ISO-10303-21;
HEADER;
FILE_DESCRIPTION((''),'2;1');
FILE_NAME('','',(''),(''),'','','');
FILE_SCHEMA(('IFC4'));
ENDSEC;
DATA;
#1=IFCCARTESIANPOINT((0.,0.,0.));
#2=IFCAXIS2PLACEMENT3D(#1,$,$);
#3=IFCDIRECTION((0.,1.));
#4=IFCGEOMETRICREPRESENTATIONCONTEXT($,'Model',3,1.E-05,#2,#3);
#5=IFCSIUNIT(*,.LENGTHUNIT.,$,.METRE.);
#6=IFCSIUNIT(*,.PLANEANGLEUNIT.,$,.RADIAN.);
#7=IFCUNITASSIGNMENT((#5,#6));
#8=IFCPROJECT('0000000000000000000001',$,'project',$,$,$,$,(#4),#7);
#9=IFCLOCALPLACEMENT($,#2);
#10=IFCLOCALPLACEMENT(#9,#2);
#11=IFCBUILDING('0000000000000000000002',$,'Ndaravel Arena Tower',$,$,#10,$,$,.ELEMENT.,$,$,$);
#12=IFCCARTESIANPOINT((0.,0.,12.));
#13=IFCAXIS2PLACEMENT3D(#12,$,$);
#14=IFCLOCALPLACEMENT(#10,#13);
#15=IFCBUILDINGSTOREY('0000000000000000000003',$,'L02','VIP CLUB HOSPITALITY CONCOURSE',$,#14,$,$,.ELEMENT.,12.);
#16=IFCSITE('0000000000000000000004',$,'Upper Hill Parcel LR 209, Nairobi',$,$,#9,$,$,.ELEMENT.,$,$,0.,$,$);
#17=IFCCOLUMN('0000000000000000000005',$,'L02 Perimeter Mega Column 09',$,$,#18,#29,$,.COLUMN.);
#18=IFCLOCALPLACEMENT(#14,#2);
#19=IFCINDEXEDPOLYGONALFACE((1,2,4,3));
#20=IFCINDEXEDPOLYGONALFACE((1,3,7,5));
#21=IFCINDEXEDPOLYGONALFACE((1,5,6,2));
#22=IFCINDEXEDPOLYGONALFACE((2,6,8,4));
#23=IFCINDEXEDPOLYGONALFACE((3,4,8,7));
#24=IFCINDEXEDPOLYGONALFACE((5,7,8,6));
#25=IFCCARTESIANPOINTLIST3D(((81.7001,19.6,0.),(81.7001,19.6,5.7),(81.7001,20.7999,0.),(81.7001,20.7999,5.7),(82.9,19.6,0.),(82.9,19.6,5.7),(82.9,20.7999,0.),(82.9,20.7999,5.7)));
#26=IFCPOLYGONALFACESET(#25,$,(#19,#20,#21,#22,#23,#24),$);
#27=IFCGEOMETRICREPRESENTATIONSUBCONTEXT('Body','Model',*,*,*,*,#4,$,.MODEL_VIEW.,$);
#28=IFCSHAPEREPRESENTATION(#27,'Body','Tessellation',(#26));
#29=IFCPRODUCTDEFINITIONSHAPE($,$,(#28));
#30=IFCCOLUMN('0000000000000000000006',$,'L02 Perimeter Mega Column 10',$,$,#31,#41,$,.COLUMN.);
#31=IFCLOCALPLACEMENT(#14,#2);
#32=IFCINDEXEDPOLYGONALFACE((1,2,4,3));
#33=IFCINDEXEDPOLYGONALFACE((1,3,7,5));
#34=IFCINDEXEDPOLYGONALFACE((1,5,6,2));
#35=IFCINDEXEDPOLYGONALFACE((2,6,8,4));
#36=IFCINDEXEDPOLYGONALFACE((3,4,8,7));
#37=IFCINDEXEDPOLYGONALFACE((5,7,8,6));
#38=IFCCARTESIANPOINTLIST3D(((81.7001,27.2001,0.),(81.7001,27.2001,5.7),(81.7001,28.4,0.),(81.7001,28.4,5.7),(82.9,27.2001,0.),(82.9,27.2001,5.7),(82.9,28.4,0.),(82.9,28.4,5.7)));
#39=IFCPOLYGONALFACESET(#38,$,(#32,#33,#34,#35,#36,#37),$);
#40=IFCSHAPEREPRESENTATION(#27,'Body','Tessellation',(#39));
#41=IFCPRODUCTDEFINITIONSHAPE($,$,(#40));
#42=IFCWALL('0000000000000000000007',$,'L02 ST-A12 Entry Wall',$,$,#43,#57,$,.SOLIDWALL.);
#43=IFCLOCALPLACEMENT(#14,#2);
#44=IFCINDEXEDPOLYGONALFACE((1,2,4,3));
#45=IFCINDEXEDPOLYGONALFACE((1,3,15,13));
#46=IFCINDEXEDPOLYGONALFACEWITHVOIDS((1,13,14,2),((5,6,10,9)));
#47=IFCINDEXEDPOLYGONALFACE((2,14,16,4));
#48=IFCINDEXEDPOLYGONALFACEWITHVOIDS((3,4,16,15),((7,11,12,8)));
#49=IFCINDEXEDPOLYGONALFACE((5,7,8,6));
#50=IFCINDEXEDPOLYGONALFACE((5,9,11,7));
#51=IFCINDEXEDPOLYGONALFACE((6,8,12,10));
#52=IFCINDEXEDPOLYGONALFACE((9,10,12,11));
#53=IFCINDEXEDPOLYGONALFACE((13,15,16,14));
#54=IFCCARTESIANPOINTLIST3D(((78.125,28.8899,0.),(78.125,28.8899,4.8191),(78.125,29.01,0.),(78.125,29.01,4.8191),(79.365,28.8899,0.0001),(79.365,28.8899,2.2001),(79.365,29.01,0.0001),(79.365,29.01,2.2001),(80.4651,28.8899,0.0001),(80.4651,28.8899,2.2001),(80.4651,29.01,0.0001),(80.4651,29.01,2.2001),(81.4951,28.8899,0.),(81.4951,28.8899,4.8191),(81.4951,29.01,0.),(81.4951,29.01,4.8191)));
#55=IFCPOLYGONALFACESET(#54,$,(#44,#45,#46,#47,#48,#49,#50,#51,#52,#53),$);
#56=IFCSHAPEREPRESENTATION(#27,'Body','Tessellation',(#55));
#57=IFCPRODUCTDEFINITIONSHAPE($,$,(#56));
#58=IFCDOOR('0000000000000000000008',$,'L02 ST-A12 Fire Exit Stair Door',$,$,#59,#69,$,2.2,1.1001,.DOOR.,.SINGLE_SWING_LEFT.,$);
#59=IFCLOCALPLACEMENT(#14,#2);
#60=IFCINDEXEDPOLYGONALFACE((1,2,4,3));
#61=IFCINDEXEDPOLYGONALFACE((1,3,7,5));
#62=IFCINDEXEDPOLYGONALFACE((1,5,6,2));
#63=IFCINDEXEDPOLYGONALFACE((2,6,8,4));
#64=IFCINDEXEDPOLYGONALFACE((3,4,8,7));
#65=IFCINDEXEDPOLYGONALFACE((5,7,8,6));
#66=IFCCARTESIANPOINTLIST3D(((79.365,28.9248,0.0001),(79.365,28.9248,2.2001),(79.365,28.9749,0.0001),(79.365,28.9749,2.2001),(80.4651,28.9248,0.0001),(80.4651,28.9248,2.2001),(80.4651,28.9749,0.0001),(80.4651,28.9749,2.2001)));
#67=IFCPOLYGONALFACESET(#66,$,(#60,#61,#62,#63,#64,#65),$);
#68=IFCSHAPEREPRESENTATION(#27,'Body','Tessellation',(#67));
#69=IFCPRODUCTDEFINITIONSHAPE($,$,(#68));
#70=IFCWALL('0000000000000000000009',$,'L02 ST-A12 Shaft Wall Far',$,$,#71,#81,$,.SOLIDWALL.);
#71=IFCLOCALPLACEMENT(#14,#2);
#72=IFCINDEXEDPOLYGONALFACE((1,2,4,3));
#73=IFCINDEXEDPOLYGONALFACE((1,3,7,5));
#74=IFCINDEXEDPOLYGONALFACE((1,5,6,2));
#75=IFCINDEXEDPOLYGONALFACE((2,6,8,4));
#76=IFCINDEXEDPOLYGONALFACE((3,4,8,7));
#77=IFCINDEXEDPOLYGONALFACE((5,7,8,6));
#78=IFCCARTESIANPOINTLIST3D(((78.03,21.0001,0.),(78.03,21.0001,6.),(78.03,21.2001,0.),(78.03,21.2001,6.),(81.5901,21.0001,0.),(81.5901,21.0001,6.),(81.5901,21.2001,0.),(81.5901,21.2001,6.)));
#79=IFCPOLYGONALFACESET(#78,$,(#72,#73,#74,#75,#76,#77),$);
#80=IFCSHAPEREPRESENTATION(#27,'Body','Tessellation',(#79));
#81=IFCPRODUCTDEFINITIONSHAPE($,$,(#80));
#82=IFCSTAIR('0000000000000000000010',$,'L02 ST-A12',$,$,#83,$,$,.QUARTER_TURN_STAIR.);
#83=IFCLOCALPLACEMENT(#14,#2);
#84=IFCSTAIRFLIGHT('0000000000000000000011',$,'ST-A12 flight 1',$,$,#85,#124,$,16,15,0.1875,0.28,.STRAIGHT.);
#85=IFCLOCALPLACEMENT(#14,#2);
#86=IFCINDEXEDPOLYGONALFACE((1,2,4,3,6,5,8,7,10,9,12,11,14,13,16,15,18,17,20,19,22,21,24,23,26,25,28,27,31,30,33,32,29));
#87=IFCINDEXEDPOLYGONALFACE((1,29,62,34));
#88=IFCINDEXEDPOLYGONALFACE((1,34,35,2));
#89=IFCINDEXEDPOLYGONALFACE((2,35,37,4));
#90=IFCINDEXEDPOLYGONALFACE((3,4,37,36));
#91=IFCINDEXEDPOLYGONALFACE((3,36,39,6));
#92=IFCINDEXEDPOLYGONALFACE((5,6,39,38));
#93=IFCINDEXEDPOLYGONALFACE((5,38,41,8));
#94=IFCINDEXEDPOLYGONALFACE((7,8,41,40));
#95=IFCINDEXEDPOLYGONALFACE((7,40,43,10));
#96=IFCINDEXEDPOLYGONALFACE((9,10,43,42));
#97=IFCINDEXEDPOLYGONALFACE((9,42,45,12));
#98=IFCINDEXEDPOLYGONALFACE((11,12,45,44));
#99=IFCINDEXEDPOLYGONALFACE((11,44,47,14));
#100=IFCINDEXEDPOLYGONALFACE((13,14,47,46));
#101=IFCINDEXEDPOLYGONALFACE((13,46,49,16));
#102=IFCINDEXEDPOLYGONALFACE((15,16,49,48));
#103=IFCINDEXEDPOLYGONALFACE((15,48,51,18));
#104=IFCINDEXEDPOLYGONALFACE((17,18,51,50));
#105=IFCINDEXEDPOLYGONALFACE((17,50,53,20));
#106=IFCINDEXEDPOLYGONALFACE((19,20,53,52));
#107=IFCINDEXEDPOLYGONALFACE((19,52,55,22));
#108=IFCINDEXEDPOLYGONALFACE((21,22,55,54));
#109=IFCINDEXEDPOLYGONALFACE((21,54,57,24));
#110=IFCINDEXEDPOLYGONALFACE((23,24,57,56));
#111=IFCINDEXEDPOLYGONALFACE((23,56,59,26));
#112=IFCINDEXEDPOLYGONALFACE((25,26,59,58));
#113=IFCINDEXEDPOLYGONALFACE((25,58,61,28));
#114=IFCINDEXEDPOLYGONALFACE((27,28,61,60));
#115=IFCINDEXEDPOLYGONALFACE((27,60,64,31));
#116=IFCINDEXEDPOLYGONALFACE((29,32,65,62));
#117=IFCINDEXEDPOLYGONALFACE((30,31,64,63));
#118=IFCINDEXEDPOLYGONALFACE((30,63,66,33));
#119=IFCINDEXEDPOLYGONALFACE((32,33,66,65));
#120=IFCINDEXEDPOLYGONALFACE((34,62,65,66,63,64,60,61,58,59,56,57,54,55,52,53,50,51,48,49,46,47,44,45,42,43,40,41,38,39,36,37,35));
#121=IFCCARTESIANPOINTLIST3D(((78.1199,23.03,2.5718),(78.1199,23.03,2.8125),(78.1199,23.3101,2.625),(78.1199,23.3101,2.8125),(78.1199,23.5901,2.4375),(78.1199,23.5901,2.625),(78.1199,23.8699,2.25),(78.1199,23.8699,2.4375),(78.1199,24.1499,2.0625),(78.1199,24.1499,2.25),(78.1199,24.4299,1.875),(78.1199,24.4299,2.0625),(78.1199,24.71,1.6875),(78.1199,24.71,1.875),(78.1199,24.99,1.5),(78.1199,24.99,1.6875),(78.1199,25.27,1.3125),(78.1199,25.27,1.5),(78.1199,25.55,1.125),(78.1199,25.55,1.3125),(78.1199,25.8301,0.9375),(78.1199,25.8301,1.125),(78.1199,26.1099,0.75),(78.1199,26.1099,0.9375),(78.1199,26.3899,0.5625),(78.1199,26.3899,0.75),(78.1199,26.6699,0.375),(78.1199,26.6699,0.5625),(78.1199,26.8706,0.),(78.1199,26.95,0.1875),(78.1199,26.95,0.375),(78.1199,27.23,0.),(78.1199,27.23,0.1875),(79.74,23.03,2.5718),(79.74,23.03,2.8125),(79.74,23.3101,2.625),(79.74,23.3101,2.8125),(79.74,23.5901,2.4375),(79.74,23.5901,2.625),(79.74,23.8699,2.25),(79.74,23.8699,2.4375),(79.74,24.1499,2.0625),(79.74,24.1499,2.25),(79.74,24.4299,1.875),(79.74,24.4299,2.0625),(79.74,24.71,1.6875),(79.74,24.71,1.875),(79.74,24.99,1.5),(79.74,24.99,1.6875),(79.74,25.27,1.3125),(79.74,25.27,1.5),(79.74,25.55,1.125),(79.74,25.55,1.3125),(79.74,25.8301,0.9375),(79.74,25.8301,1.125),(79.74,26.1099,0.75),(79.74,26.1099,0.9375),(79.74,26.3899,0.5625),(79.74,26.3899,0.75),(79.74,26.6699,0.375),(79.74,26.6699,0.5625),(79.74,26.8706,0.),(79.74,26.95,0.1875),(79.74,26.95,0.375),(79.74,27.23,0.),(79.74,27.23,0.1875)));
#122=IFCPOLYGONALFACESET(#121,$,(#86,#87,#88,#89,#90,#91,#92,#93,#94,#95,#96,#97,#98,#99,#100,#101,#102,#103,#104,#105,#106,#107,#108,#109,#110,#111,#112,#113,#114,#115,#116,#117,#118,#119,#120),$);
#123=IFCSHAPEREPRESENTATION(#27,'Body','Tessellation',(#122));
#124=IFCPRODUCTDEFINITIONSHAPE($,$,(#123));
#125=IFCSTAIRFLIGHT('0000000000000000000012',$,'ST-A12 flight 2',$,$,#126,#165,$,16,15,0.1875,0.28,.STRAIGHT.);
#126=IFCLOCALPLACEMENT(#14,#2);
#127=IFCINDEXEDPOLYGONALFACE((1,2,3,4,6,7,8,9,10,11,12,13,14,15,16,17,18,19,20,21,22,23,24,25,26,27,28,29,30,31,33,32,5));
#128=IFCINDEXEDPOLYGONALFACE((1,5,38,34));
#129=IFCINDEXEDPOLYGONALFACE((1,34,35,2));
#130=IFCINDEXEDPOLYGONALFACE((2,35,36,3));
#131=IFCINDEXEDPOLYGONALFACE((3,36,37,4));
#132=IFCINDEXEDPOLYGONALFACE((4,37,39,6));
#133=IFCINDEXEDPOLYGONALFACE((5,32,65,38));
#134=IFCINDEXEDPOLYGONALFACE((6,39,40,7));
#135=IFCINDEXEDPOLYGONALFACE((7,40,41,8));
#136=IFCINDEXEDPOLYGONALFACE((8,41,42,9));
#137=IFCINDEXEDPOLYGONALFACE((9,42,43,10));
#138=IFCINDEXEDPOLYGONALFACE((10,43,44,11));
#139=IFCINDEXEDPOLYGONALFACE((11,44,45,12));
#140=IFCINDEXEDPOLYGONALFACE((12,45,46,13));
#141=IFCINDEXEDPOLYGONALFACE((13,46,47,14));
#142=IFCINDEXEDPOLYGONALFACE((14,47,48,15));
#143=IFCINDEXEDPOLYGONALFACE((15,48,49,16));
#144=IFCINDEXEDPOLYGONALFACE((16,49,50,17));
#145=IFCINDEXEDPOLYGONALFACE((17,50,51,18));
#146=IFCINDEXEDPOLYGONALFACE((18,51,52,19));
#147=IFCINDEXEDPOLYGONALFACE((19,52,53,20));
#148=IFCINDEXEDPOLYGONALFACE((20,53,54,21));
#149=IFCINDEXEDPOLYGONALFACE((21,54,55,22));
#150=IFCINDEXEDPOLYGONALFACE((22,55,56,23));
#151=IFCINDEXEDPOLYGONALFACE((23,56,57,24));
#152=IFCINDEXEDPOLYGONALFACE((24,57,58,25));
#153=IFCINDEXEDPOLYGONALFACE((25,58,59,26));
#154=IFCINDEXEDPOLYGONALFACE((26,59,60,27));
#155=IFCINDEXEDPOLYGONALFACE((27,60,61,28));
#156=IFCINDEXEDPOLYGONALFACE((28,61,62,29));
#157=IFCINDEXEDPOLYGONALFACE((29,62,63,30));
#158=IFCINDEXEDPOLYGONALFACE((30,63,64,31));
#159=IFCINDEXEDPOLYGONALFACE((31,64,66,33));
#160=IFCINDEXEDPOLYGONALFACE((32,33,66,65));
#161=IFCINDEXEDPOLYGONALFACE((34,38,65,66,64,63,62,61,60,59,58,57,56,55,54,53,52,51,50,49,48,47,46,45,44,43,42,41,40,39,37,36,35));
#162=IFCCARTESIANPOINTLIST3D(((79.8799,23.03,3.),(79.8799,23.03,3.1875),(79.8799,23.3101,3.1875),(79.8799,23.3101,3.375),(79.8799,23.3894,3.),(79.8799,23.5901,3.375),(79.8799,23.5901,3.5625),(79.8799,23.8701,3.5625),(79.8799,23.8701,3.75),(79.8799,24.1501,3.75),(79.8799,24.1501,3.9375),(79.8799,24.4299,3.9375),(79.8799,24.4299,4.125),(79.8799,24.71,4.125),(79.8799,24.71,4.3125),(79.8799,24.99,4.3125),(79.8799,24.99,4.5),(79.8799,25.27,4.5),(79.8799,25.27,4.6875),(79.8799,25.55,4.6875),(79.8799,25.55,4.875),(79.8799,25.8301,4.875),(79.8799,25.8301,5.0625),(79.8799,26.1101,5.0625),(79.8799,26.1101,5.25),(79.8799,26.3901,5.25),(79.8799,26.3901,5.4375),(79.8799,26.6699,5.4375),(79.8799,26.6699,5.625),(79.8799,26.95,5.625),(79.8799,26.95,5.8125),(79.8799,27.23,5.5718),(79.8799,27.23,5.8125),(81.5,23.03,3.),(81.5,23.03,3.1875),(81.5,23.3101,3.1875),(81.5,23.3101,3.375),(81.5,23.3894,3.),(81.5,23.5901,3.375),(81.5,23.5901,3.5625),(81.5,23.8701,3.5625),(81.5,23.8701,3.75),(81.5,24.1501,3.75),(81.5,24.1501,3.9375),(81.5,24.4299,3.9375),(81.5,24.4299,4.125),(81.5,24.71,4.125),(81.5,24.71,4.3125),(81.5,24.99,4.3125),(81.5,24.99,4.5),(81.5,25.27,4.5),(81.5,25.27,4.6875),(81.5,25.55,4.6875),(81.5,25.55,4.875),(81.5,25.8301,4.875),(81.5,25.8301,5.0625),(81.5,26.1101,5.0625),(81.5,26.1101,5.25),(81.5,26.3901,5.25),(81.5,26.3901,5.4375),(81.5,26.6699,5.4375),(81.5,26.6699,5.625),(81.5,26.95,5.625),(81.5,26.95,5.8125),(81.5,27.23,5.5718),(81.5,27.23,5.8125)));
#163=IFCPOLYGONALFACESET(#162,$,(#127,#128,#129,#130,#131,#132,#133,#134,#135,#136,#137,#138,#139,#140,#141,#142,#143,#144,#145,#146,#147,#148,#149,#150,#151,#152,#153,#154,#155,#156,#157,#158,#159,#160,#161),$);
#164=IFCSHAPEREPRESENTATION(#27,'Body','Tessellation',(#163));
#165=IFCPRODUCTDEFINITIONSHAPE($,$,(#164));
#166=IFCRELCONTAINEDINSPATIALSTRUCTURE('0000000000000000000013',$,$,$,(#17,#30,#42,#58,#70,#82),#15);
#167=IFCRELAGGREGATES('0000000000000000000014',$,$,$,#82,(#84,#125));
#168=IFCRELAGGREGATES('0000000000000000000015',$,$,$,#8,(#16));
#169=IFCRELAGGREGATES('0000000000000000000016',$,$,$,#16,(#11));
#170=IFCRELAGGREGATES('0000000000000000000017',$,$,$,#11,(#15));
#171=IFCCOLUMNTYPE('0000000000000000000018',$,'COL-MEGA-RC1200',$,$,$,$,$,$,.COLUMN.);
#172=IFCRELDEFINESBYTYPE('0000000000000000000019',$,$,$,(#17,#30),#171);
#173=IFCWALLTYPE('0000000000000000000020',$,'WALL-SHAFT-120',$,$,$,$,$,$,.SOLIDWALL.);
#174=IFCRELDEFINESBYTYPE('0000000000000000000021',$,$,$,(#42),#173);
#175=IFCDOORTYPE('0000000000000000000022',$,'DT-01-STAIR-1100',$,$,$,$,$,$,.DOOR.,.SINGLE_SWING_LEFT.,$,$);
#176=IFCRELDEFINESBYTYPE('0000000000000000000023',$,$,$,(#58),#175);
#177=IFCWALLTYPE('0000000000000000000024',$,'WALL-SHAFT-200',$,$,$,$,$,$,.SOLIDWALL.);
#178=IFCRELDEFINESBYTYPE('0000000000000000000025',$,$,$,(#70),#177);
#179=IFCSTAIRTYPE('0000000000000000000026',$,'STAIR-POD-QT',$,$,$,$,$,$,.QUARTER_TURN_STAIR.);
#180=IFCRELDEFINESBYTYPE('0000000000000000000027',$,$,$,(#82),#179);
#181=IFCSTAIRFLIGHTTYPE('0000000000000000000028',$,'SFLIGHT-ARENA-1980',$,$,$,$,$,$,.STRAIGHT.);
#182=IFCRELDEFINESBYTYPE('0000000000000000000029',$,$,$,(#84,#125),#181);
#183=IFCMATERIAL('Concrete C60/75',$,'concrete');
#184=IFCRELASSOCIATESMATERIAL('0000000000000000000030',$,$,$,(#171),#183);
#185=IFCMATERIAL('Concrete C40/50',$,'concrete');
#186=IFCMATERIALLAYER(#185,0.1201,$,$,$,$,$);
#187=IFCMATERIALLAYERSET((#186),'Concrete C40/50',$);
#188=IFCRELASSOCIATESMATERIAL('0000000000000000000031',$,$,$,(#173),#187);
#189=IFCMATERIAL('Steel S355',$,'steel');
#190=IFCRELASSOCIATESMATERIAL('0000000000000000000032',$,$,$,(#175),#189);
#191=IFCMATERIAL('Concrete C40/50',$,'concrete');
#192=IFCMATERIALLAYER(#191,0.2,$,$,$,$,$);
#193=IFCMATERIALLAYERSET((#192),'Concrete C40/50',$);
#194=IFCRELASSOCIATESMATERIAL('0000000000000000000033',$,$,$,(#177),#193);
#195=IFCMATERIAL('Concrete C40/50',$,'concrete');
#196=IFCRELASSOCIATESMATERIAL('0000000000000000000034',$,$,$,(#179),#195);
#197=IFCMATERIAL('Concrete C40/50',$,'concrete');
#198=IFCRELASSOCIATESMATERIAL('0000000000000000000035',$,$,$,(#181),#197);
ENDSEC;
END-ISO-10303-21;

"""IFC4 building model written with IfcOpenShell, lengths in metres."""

from ifc_helpers import new_model, si_unit, direction, frame, frame_2d, origin, origin_2d, place, context, subcontext, project, spatial, polyline, rectangle, outline, extrude, material, layer, layer_set, material_profile, profile_set, type_object, element, fill, aggregate, save


model = new_model("IFC4")

# Units and contexts
model_context = context("Model", 3, precision=1e-05, world=origin(), true_north=direction((0.0, 1.0)))
body_context = subcontext(model_context, "Body", "Model", "MODEL_VIEW")
ifc_project = project(units=[si_unit("LENGTHUNIT", "METRE"), si_unit("PLANEANGLEUNIT", "RADIAN")], contexts=[model_context])

# Site, building, storey
site_placement = place(None, origin())
site = spatial("IfcSite", under=ifc_project, at=site_placement, Name="Upper Hill Parcel LR 209, Nairobi", CompositionType="ELEMENT", RefElevation=0.0)
building_placement = place(site_placement, origin())
building = spatial("IfcBuilding", under=site, at=building_placement, Name="Ndaravel Arena Tower", CompositionType="ELEMENT")
storey_placement = place(building_placement, frame((0.0, 0.0, 12.0)))
storey = spatial("IfcBuildingStorey", under=building, at=storey_placement, Name="L02", Description="VIP CLUB HOSPITALITY CONCOURSE", CompositionType="ELEMENT", Elevation=12.0)

# Columns
ifc_material_1 = material(Name="Concrete C60/75", Category="concrete")
ifc_material_profile = material_profile(ifc_material_1, rectangle(XDim=1.2, YDim=1.2, at=origin_2d()), Name="RC 1200x1200")
ifc_profile_set = profile_set([ifc_material_profile], Name="Concrete C60/75")
column_type = type_object("IfcColumnType", Name="COL-MEGA-RC1200", PredefinedType="COLUMN", material=ifc_profile_set)
for number, where, z_axis, x_axis, name in (
    (1, (82.3, 20.2, 0.0), (0.0, 0.0, 1.0), (1.0, 0.0, 0.0), "L02 Perimeter Mega Column 09"),
    (2, (82.3, 27.8, 0.0), (0.0, 0.0, 1.0), (1.0, 0.0, 0.0), "L02 Perimeter Mega Column 10"),
):
    element("IfcColumn", number, at=place(storey_placement, frame(where, z_axis=z_axis, x_axis=x_axis)), inside=storey, type_object=column_type, Name=name, PredefinedType="COLUMN", context=body_context, shape_type="SweptSolid", body=[
        extrude(rectangle(XDim=1.2, YDim=1.2, at=origin_2d()), origin(), (0.0, 0.0, 1.0), 5.7),
    ])

# Wall, opening, door
ifc_material_2 = material(Name="Concrete C40/50", Category="concrete")
ifc_layer_1 = layer(ifc_material_2, 0.1201)
ifc_layer_set_1 = layer_set([ifc_layer_1], Name="Concrete C40/50")
wall_type_1 = type_object("IfcWallType", Name="WALL-SHAFT-120", PredefinedType="SOLIDWALL", material=ifc_layer_set_1)
wall_1_placement = place(storey_placement, frame((78.125, 28.95, 0.0), z_axis=(0.0, 0.0, 1.0), x_axis=(1.0, 0.0, 0.0)))
wall_1 = element("IfcWall", 3, at=wall_1_placement, inside=storey, type_object=wall_type_1, Name="L02 ST-A12 Entry Wall", PredefinedType="SOLIDWALL", context=body_context, shape_type="SweptSolid", body=[
    extrude(rectangle(XDim=3.3701, YDim=0.1201, at=frame_2d((1.6851, 0.0))), origin(), (0.0, 0.0, 1.0), 4.8191),
])
opening_1_placement = place(wall_1_placement, frame((1.24, 0.0, 0.0)))
opening_1 = element("IfcOpeningElement", 4, at=opening_1_placement, cuts=wall_1, PredefinedType="OPENING", context=body_context, shape_type="SweptSolid", body=[
    extrude(rectangle(XDim=1.1001, YDim=2.2, at=frame_2d((0.55, 1.1001))), frame((0.0, 0.0601, 0.0), z_axis=(0.0, -1.0, 0.0), x_axis=(1.0, 0.0, 0.0)), (0.0, 0.0, 1.0), 0.1201),
])
ifc_material_3 = material(Name="Steel S355", Category="steel")
door_type = type_object("IfcDoorType", Name="DT-01-STAIR-1100", OperationType="SINGLE_SWING_LEFT", PredefinedType="DOOR", material=ifc_material_3)
door_placement = place(opening_1_placement, origin())
door = element("IfcDoor", 5, at=door_placement, inside=storey, type_object=door_type, Name="L02 ST-A12 Fire Exit Stair Door", OperationType="SINGLE_SWING_LEFT", OverallHeight=2.2, OverallWidth=1.1001, PredefinedType="DOOR", context=body_context, shape_type="SweptSolid", body=[
    extrude(rectangle(XDim=1.1001, YDim=2.2, at=frame_2d((0.55, 1.1001))), frame((0.0, 0.0249, 0.0), z_axis=(0.0, -1.0, 0.0), x_axis=(1.0, 0.0, 0.0)), (0.0, 0.0, 1.0), 0.05),
])
fill(opening_1, door)

# Wall
ifc_material_4 = material(Name="Concrete C40/50", Category="concrete")
ifc_layer_2 = layer(ifc_material_4, 0.2)
ifc_layer_set_2 = layer_set([ifc_layer_2], Name="Concrete C40/50")
wall_type_2 = type_object("IfcWallType", Name="WALL-SHAFT-200", PredefinedType="SOLIDWALL", material=ifc_layer_set_2)
wall_2_placement = place(storey_placement, frame((78.03, 21.1001, 0.0), z_axis=(0.0, 0.0, 1.0), x_axis=(1.0, 0.0, 0.0)))
element("IfcWall", 6, at=wall_2_placement, inside=storey, type_object=wall_type_2, Name="L02 ST-A12 Shaft Wall Far", PredefinedType="SOLIDWALL", context=body_context, shape_type="SweptSolid", body=[
    extrude(rectangle(XDim=3.5601, YDim=0.2, at=frame_2d((1.78, 0.0))), origin(), (0.0, 0.0, 1.0), 6.0),
])

# Stair, stair flights
ifc_material_5 = material(Name="Concrete C40/50", Category="concrete")
stair_type = type_object("IfcStairType", Name="STAIR-POD-QT", PredefinedType="QUARTER_TURN_STAIR", material=ifc_material_5)
stair_placement = place(storey_placement, origin())
stair = element("IfcStair", 7, at=stair_placement, inside=storey, type_object=stair_type, Name="L02 ST-A12", PredefinedType="QUARTER_TURN_STAIR")
ifc_material_6 = material(Name="Concrete C40/50", Category="concrete")
stair_flight_type = type_object("IfcStairFlightType", Name="SFLIGHT-ARENA-1980", PredefinedType="STRAIGHT", material=ifc_material_6)
stair_flight_1_placement = place(storey_placement, frame((78.9299, 27.23, 0.0), z_axis=(0.0, 0.0, 1.0), x_axis=(0.0, -1.0, 0.0)))
stair_flight_1 = element("IfcStairFlight", 8, at=stair_flight_1_placement, type_object=stair_flight_type, Name="ST-A12 flight 1", NumberOfRisers=16, NumberOfTreads=15, PredefinedType="STRAIGHT", RiserHeight=0.1875, TreadLength=0.28, context=body_context, shape_type="SweptSolid", body=[
    extrude(outline(polyline([(0.0, 0.0), (0.0, 0.1875), (0.28, 0.1875), (0.28, 0.375), (0.5601, 0.375), (0.5601, 0.5625), (0.8401, 0.5625), (0.8401, 0.75), (1.1201, 0.75), (1.1201, 0.9375), (1.3999, 0.9375), (1.3999, 1.125), (1.6799, 1.125), (1.6799, 1.3125), (1.96, 1.3125), (1.96, 1.5), (2.24, 1.5), (2.24, 1.6875), (2.52, 1.6875), (2.52, 1.875), (2.8, 1.875), (2.8, 2.0625), (3.0801, 2.0625), (3.0801, 2.25), (3.3601, 2.25), (3.3601, 2.4375), (3.6399, 2.4375), (3.6399, 2.625), (3.9199, 2.625), (3.9199, 2.8125), (4.2, 2.8125), (4.2, 3.0), (4.2, 2.5718), (0.3594, 0.0), (0.0, 0.0)])), frame((0.0, 0.8101, 0.0), z_axis=(0.0, -1.0, 0.0), x_axis=(1.0, 0.0, 0.0)), (0.0, 0.0, 1.0), 1.6201),
])
stair_flight_2_placement = place(storey_placement, frame((80.6899, 23.03, 3.0), z_axis=(0.0, 0.0, 1.0), x_axis=(0.0, 1.0, 0.0)))
stair_flight_2 = element("IfcStairFlight", 9, at=stair_flight_2_placement, type_object=stair_flight_type, Name="ST-A12 flight 2", NumberOfRisers=16, NumberOfTreads=15, PredefinedType="STRAIGHT", RiserHeight=0.1875, TreadLength=0.28, context=body_context, shape_type="SweptSolid", body=[
    extrude(outline(polyline([(0.0, 0.0), (0.0, 0.1875), (0.28, 0.1875), (0.28, 0.375), (0.5601, 0.375), (0.5601, 0.5625), (0.8401, 0.5625), (0.8401, 0.75), (1.1201, 0.75), (1.1201, 0.9375), (1.3999, 0.9375), (1.3999, 1.125), (1.6799, 1.125), (1.6799, 1.3125), (1.96, 1.3125), (1.96, 1.5), (2.24, 1.5), (2.24, 1.6875), (2.52, 1.6875), (2.52, 1.875), (2.8, 1.875), (2.8, 2.0625), (3.0801, 2.0625), (3.0801, 2.25), (3.3601, 2.25), (3.3601, 2.4375), (3.6399, 2.4375), (3.6399, 2.625), (3.9199, 2.625), (3.9199, 2.8125), (4.2, 2.8125), (4.2, 3.0), (4.2, 2.5718), (0.3594, 0.0), (0.0, 0.0)])), frame((0.0, 0.8101, 0.0), z_axis=(0.0, -1.0, 0.0), x_axis=(1.0, 0.0, 0.0)), (0.0, 0.0, 1.0), 1.6201),
])
aggregate(stair, [stair_flight_1, stair_flight_2])

save(model, "model.ifc")
